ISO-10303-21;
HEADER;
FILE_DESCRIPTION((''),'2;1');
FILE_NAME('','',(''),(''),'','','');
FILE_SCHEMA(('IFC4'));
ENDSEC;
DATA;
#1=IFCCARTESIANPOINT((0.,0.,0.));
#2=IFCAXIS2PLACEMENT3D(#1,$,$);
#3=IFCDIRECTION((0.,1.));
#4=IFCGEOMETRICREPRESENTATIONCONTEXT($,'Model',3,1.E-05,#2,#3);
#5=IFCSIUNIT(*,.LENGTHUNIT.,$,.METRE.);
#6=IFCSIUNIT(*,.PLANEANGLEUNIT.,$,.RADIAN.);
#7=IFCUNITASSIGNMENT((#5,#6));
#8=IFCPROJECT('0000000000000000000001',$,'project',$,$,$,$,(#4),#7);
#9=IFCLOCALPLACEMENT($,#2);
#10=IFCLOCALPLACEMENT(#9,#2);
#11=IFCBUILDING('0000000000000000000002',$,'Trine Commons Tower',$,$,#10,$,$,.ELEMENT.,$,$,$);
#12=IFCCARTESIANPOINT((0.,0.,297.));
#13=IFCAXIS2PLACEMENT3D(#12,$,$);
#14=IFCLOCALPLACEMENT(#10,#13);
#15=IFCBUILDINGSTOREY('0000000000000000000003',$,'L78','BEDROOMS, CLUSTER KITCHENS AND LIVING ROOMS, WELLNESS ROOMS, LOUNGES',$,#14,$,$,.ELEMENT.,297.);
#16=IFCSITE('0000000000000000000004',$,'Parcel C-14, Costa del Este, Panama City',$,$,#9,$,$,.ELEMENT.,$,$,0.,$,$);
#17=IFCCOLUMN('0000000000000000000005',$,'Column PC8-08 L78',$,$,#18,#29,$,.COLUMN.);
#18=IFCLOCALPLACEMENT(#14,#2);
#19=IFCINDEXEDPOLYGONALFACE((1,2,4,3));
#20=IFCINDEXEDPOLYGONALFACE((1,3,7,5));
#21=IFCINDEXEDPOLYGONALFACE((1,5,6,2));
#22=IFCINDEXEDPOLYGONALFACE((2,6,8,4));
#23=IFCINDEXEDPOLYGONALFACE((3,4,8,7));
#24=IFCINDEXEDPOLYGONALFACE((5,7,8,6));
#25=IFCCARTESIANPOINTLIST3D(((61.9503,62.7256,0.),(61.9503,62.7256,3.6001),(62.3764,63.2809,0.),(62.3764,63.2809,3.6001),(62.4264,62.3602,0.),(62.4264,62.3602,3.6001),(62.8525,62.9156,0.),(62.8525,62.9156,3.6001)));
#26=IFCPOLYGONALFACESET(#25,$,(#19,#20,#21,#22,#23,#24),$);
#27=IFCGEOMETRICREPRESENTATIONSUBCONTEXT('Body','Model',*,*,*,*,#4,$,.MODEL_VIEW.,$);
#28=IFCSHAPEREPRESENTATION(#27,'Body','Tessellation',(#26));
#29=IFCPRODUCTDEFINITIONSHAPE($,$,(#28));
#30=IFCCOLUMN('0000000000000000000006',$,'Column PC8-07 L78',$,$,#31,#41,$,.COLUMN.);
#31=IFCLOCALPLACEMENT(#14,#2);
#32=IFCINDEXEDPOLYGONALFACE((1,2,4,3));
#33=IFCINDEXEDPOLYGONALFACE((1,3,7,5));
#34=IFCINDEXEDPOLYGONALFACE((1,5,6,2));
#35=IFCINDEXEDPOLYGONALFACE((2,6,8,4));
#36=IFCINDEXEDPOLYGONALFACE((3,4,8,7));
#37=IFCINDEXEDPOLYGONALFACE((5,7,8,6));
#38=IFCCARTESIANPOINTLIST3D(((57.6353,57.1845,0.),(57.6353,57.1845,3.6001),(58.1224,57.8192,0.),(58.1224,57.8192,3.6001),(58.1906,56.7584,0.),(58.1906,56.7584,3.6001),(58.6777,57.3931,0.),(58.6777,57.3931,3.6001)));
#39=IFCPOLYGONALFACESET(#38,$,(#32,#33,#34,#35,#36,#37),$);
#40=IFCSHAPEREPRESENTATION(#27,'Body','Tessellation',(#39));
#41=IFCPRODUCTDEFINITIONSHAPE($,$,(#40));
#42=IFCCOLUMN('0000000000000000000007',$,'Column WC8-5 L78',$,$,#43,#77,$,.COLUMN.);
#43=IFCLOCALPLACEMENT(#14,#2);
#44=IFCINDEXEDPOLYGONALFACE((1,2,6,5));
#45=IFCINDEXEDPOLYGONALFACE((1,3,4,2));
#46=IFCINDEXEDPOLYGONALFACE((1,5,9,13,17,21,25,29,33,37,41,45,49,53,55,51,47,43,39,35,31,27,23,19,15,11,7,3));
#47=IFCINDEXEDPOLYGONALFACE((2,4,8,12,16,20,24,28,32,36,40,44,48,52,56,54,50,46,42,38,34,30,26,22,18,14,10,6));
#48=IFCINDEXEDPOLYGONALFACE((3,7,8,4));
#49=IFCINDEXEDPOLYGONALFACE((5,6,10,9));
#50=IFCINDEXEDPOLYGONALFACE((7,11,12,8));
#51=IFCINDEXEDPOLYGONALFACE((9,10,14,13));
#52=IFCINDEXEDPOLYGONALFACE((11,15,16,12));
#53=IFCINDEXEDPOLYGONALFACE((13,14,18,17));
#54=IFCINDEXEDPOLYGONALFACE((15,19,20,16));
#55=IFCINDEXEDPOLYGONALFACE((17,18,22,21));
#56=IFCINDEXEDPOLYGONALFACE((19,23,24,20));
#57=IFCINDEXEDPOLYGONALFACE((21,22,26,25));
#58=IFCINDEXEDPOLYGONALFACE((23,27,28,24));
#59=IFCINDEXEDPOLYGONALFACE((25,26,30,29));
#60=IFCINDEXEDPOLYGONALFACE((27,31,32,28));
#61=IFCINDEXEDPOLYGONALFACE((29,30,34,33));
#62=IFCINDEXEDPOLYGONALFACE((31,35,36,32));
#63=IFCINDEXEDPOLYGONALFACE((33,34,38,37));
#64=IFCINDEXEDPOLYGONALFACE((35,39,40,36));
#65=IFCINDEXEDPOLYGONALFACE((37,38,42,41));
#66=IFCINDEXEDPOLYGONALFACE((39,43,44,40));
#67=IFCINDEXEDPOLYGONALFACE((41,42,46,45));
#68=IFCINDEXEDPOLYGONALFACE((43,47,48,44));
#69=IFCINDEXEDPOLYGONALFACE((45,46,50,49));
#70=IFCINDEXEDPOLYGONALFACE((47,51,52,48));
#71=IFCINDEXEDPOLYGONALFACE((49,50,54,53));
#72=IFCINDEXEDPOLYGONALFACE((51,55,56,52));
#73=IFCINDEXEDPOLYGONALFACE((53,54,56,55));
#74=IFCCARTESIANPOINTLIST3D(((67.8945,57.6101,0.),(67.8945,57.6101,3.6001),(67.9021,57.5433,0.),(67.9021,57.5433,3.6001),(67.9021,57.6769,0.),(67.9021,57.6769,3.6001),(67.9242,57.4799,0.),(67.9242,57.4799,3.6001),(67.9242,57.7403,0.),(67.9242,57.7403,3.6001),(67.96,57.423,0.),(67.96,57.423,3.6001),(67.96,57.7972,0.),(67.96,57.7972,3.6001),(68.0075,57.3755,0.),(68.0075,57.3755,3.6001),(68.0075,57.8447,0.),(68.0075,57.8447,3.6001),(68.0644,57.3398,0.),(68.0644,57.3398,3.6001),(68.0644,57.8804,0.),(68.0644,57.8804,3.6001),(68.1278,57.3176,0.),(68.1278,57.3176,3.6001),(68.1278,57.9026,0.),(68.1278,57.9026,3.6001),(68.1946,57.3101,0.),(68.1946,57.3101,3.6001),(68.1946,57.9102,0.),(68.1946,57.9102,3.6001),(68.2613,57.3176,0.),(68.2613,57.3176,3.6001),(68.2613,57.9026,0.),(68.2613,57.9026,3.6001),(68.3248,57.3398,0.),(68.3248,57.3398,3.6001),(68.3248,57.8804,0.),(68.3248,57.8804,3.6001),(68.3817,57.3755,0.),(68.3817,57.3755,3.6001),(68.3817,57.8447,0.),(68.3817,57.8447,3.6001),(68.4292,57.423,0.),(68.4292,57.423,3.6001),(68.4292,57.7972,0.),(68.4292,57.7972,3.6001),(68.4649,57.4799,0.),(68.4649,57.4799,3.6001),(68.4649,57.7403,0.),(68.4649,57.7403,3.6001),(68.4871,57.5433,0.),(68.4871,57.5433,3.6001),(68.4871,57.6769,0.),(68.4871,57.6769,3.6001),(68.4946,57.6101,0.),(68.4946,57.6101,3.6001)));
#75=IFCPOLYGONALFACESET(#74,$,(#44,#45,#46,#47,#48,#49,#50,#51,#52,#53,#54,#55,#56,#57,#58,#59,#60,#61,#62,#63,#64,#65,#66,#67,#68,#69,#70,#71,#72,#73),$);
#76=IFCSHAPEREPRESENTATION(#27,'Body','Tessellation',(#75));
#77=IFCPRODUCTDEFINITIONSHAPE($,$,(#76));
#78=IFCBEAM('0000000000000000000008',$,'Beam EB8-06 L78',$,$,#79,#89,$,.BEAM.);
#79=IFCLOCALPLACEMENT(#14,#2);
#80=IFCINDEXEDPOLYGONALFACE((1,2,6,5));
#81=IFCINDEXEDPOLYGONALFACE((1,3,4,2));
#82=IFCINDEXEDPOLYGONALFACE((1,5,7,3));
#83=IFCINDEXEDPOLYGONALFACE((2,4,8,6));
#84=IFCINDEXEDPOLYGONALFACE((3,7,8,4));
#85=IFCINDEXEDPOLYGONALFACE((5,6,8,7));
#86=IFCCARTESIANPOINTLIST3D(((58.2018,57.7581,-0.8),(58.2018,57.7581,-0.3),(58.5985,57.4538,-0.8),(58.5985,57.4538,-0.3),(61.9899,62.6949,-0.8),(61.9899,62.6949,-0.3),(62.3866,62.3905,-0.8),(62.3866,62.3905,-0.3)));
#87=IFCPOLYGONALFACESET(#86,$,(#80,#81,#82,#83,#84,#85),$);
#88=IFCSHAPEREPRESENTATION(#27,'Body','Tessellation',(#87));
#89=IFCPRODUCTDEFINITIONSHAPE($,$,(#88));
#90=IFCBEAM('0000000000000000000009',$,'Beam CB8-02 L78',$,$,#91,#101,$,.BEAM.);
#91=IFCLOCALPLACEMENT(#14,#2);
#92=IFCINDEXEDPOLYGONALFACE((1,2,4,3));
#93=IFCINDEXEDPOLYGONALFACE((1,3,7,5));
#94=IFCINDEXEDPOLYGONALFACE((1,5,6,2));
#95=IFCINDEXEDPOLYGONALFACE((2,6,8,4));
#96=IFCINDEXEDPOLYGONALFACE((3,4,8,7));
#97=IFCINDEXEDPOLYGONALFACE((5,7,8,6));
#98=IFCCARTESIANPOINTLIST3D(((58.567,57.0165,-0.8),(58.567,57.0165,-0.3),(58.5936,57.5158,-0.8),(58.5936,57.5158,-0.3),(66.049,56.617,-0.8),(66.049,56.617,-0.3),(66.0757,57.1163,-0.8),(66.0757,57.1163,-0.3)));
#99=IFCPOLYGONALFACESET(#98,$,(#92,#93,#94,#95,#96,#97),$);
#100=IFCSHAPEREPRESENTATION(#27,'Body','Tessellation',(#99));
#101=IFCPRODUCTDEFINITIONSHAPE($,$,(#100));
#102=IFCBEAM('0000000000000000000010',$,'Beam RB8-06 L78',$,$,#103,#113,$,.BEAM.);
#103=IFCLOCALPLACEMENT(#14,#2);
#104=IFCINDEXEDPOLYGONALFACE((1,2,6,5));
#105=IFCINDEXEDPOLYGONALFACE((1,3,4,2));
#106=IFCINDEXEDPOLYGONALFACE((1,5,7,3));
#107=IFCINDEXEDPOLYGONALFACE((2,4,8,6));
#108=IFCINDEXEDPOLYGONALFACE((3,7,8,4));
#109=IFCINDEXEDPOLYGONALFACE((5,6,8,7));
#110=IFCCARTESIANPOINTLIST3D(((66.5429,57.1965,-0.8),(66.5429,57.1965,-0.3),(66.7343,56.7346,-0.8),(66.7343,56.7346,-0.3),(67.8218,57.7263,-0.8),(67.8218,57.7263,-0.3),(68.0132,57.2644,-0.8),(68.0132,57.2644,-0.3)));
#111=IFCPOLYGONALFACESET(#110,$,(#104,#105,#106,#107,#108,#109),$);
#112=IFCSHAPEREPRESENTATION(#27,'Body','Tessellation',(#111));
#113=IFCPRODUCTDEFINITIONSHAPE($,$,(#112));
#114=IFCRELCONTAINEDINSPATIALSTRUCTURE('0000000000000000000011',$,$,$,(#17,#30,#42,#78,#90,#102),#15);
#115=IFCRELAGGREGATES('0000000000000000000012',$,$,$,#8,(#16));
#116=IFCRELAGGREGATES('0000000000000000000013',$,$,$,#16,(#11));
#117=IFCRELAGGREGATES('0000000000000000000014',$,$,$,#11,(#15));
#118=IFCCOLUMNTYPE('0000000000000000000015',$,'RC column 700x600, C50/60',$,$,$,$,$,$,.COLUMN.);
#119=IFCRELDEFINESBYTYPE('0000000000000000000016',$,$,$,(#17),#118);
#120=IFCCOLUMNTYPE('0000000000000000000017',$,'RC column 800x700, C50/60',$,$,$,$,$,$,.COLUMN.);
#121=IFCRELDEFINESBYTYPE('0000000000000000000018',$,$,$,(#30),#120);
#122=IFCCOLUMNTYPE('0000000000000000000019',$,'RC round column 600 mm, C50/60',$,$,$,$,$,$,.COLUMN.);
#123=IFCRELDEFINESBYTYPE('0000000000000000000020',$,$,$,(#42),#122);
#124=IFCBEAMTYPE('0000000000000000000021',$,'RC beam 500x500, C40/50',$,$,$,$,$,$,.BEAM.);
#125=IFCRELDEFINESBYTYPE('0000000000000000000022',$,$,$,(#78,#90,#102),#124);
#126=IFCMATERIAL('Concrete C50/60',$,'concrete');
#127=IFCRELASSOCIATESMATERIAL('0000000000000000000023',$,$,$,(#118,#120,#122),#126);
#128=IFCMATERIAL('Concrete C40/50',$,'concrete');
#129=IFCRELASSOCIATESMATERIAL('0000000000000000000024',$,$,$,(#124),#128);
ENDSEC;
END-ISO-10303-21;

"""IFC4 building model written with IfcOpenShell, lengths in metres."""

from ifc_helpers import new_model, si_unit, direction, frame, origin, origin_2d, place, context, subcontext, project, spatial, rectangle, circle, extrude, material, material_profile, profile_set, type_object, element, save


model = new_model("IFC4")

# Units and contexts
model_context = context("Model", 3, precision=1e-05, world=origin(), true_north=direction((0.0, 1.0)))
body_context = subcontext(model_context, "Body", "Model", "MODEL_VIEW")
ifc_project = project(units=[si_unit("LENGTHUNIT", "METRE"), si_unit("PLANEANGLEUNIT", "RADIAN")], contexts=[model_context])

# Site, building, storey
site_placement = place(None, origin())
site = spatial("IfcSite", under=ifc_project, at=site_placement, Name="Parcel C-14, Costa del Este, Panama City", CompositionType="ELEMENT", RefElevation=0.0)
building_placement = place(site_placement, origin())
building = spatial("IfcBuilding", under=site, at=building_placement, Name="Trine Commons Tower", CompositionType="ELEMENT")
storey_placement = place(building_placement, frame((0.0, 0.0, 297.0)))
storey = spatial("IfcBuildingStorey", under=building, at=storey_placement, Name="L78", Description="BEDROOMS, CLUSTER KITCHENS AND LIVING ROOMS, WELLNESS ROOMS, LOUNGES", CompositionType="ELEMENT", Elevation=297.0)

# Columns
ifc_material_1 = material(Name="Concrete C50/60", Category="concrete")
ifc_material_profile_1 = material_profile(ifc_material_1, rectangle(XDim=0.7, YDim=0.6001, at=origin_2d()), Name="RC 700x600")
ifc_profile_set_1 = profile_set([ifc_material_profile_1], Name="Concrete C50/60")
column_type_1 = type_object("IfcColumnType", Name="RC column 700x600, C50/60", PredefinedType="COLUMN", material=ifc_profile_set_1)
column_1_placement = place(storey_placement, frame((62.4014, 62.8206, 0.0), z_axis=(0.0, 0.0, 1.0), x_axis=(0.608761, 0.793353, 0.0)))
element("IfcColumn", 1, at=column_1_placement, inside=storey, type_object=column_type_1, Name="Column PC8-08 L78", PredefinedType="COLUMN", context=body_context, shape_type="SweptSolid", body=[
    extrude(rectangle(XDim=0.7, YDim=0.6001, at=origin_2d()), origin(), (0.0, 0.0, 1.0), 3.6001),
])
ifc_material_profile_2 = material_profile(ifc_material_1, rectangle(XDim=0.8, YDim=0.7, at=origin_2d()), Name="RC 800x700")
ifc_profile_set_2 = profile_set([ifc_material_profile_2], Name="Concrete C50/60")
column_type_2 = type_object("IfcColumnType", Name="RC column 800x700, C50/60", PredefinedType="COLUMN", material=ifc_profile_set_2)
column_2_placement = place(storey_placement, frame((58.1565, 57.2888, 0.0), z_axis=(0.0, 0.0, 1.0), x_axis=(0.608761, 0.793353, 0.0)))
element("IfcColumn", 2, at=column_2_placement, inside=storey, type_object=column_type_2, Name="Column PC8-07 L78", PredefinedType="COLUMN", context=body_context, shape_type="SweptSolid", body=[
    extrude(rectangle(XDim=0.8, YDim=0.7, at=origin_2d()), origin(), (0.0, 0.0, 1.0), 3.6001),
])
ifc_material_profile_3 = material_profile(ifc_material_1, circle(Radius=0.3, at=origin_2d()), Name="RC round 600")
ifc_profile_set_3 = profile_set([ifc_material_profile_3], Name="Concrete C50/60")
column_type_3 = type_object("IfcColumnType", Name="RC round column 600 mm, C50/60", PredefinedType="COLUMN", material=ifc_profile_set_3)
column_3_placement = place(storey_placement, frame((68.1946, 57.6101, 0.0), z_axis=(0.0, 0.0, 1.0), x_axis=(1.0, 0.0, 0.0)))
element("IfcColumn", 3, at=column_3_placement, inside=storey, type_object=column_type_3, Name="Column WC8-5 L78", PredefinedType="COLUMN", context=body_context, shape_type="SweptSolid", body=[
    extrude(circle(Radius=0.3, at=origin_2d()), origin(), (0.0, 0.0, 1.0), 3.6001),
])

# Beams
ifc_material_2 = material(Name="Concrete C40/50", Category="concrete")
ifc_material_profile_4 = material_profile(ifc_material_2, rectangle(XDim=0.5, YDim=0.5, at=origin_2d()), Name="RC 500x500")
ifc_profile_set_4 = profile_set([ifc_material_profile_4], Name="Concrete C40/50")
beam_type = type_object("IfcBeamType", Name="RC beam 500x500, C40/50", PredefinedType="BEAM", material=ifc_profile_set_4)
beam_1_placement = place(storey_placement, frame((58.4001, 57.606, -0.55), z_axis=(0.608758, 0.793356, 0.0), x_axis=(-0.793356, 0.608758, 0.0)))
element("IfcBeam", 4, at=beam_1_placement, inside=storey, type_object=beam_type, Name="Beam EB8-06 L78", PredefinedType="BEAM", context=body_context, shape_type="SweptSolid", body=[
    extrude(rectangle(XDim=0.5, YDim=0.5, at=origin_2d()), origin(), (0.0, 0.0, 1.0), 6.2227),
])
beam_2_placement = place(storey_placement, frame((58.5803, 57.2661, -0.55), z_axis=(0.998578, -0.053308, 0.0), x_axis=(0.053308, 0.998578, 0.0)))
element("IfcBeam", 5, at=beam_2_placement, inside=storey, type_object=beam_type, Name="Beam CB8-02 L78", PredefinedType="BEAM", context=body_context, shape_type="SweptSolid", body=[
    extrude(rectangle(XDim=0.5, YDim=0.5, at=origin_2d()), origin(), (0.0, 0.0, 1.0), 7.4927),
])
beam_3_placement = place(storey_placement, frame((67.9175, 57.4954, -0.55), z_axis=(-0.923858, -0.382736, 0.0), x_axis=(0.382736, -0.923858, 0.0)))
element("IfcBeam", 6, at=beam_3_placement, inside=storey, type_object=beam_type, Name="Beam RB8-06 L78", PredefinedType="BEAM", context=body_context, shape_type="SweptSolid", body=[
    extrude(rectangle(XDim=0.5, YDim=0.5, at=origin_2d()), origin(), (0.0, 0.0, 1.0), 1.3843),
])

save(model, "model.ifc")
